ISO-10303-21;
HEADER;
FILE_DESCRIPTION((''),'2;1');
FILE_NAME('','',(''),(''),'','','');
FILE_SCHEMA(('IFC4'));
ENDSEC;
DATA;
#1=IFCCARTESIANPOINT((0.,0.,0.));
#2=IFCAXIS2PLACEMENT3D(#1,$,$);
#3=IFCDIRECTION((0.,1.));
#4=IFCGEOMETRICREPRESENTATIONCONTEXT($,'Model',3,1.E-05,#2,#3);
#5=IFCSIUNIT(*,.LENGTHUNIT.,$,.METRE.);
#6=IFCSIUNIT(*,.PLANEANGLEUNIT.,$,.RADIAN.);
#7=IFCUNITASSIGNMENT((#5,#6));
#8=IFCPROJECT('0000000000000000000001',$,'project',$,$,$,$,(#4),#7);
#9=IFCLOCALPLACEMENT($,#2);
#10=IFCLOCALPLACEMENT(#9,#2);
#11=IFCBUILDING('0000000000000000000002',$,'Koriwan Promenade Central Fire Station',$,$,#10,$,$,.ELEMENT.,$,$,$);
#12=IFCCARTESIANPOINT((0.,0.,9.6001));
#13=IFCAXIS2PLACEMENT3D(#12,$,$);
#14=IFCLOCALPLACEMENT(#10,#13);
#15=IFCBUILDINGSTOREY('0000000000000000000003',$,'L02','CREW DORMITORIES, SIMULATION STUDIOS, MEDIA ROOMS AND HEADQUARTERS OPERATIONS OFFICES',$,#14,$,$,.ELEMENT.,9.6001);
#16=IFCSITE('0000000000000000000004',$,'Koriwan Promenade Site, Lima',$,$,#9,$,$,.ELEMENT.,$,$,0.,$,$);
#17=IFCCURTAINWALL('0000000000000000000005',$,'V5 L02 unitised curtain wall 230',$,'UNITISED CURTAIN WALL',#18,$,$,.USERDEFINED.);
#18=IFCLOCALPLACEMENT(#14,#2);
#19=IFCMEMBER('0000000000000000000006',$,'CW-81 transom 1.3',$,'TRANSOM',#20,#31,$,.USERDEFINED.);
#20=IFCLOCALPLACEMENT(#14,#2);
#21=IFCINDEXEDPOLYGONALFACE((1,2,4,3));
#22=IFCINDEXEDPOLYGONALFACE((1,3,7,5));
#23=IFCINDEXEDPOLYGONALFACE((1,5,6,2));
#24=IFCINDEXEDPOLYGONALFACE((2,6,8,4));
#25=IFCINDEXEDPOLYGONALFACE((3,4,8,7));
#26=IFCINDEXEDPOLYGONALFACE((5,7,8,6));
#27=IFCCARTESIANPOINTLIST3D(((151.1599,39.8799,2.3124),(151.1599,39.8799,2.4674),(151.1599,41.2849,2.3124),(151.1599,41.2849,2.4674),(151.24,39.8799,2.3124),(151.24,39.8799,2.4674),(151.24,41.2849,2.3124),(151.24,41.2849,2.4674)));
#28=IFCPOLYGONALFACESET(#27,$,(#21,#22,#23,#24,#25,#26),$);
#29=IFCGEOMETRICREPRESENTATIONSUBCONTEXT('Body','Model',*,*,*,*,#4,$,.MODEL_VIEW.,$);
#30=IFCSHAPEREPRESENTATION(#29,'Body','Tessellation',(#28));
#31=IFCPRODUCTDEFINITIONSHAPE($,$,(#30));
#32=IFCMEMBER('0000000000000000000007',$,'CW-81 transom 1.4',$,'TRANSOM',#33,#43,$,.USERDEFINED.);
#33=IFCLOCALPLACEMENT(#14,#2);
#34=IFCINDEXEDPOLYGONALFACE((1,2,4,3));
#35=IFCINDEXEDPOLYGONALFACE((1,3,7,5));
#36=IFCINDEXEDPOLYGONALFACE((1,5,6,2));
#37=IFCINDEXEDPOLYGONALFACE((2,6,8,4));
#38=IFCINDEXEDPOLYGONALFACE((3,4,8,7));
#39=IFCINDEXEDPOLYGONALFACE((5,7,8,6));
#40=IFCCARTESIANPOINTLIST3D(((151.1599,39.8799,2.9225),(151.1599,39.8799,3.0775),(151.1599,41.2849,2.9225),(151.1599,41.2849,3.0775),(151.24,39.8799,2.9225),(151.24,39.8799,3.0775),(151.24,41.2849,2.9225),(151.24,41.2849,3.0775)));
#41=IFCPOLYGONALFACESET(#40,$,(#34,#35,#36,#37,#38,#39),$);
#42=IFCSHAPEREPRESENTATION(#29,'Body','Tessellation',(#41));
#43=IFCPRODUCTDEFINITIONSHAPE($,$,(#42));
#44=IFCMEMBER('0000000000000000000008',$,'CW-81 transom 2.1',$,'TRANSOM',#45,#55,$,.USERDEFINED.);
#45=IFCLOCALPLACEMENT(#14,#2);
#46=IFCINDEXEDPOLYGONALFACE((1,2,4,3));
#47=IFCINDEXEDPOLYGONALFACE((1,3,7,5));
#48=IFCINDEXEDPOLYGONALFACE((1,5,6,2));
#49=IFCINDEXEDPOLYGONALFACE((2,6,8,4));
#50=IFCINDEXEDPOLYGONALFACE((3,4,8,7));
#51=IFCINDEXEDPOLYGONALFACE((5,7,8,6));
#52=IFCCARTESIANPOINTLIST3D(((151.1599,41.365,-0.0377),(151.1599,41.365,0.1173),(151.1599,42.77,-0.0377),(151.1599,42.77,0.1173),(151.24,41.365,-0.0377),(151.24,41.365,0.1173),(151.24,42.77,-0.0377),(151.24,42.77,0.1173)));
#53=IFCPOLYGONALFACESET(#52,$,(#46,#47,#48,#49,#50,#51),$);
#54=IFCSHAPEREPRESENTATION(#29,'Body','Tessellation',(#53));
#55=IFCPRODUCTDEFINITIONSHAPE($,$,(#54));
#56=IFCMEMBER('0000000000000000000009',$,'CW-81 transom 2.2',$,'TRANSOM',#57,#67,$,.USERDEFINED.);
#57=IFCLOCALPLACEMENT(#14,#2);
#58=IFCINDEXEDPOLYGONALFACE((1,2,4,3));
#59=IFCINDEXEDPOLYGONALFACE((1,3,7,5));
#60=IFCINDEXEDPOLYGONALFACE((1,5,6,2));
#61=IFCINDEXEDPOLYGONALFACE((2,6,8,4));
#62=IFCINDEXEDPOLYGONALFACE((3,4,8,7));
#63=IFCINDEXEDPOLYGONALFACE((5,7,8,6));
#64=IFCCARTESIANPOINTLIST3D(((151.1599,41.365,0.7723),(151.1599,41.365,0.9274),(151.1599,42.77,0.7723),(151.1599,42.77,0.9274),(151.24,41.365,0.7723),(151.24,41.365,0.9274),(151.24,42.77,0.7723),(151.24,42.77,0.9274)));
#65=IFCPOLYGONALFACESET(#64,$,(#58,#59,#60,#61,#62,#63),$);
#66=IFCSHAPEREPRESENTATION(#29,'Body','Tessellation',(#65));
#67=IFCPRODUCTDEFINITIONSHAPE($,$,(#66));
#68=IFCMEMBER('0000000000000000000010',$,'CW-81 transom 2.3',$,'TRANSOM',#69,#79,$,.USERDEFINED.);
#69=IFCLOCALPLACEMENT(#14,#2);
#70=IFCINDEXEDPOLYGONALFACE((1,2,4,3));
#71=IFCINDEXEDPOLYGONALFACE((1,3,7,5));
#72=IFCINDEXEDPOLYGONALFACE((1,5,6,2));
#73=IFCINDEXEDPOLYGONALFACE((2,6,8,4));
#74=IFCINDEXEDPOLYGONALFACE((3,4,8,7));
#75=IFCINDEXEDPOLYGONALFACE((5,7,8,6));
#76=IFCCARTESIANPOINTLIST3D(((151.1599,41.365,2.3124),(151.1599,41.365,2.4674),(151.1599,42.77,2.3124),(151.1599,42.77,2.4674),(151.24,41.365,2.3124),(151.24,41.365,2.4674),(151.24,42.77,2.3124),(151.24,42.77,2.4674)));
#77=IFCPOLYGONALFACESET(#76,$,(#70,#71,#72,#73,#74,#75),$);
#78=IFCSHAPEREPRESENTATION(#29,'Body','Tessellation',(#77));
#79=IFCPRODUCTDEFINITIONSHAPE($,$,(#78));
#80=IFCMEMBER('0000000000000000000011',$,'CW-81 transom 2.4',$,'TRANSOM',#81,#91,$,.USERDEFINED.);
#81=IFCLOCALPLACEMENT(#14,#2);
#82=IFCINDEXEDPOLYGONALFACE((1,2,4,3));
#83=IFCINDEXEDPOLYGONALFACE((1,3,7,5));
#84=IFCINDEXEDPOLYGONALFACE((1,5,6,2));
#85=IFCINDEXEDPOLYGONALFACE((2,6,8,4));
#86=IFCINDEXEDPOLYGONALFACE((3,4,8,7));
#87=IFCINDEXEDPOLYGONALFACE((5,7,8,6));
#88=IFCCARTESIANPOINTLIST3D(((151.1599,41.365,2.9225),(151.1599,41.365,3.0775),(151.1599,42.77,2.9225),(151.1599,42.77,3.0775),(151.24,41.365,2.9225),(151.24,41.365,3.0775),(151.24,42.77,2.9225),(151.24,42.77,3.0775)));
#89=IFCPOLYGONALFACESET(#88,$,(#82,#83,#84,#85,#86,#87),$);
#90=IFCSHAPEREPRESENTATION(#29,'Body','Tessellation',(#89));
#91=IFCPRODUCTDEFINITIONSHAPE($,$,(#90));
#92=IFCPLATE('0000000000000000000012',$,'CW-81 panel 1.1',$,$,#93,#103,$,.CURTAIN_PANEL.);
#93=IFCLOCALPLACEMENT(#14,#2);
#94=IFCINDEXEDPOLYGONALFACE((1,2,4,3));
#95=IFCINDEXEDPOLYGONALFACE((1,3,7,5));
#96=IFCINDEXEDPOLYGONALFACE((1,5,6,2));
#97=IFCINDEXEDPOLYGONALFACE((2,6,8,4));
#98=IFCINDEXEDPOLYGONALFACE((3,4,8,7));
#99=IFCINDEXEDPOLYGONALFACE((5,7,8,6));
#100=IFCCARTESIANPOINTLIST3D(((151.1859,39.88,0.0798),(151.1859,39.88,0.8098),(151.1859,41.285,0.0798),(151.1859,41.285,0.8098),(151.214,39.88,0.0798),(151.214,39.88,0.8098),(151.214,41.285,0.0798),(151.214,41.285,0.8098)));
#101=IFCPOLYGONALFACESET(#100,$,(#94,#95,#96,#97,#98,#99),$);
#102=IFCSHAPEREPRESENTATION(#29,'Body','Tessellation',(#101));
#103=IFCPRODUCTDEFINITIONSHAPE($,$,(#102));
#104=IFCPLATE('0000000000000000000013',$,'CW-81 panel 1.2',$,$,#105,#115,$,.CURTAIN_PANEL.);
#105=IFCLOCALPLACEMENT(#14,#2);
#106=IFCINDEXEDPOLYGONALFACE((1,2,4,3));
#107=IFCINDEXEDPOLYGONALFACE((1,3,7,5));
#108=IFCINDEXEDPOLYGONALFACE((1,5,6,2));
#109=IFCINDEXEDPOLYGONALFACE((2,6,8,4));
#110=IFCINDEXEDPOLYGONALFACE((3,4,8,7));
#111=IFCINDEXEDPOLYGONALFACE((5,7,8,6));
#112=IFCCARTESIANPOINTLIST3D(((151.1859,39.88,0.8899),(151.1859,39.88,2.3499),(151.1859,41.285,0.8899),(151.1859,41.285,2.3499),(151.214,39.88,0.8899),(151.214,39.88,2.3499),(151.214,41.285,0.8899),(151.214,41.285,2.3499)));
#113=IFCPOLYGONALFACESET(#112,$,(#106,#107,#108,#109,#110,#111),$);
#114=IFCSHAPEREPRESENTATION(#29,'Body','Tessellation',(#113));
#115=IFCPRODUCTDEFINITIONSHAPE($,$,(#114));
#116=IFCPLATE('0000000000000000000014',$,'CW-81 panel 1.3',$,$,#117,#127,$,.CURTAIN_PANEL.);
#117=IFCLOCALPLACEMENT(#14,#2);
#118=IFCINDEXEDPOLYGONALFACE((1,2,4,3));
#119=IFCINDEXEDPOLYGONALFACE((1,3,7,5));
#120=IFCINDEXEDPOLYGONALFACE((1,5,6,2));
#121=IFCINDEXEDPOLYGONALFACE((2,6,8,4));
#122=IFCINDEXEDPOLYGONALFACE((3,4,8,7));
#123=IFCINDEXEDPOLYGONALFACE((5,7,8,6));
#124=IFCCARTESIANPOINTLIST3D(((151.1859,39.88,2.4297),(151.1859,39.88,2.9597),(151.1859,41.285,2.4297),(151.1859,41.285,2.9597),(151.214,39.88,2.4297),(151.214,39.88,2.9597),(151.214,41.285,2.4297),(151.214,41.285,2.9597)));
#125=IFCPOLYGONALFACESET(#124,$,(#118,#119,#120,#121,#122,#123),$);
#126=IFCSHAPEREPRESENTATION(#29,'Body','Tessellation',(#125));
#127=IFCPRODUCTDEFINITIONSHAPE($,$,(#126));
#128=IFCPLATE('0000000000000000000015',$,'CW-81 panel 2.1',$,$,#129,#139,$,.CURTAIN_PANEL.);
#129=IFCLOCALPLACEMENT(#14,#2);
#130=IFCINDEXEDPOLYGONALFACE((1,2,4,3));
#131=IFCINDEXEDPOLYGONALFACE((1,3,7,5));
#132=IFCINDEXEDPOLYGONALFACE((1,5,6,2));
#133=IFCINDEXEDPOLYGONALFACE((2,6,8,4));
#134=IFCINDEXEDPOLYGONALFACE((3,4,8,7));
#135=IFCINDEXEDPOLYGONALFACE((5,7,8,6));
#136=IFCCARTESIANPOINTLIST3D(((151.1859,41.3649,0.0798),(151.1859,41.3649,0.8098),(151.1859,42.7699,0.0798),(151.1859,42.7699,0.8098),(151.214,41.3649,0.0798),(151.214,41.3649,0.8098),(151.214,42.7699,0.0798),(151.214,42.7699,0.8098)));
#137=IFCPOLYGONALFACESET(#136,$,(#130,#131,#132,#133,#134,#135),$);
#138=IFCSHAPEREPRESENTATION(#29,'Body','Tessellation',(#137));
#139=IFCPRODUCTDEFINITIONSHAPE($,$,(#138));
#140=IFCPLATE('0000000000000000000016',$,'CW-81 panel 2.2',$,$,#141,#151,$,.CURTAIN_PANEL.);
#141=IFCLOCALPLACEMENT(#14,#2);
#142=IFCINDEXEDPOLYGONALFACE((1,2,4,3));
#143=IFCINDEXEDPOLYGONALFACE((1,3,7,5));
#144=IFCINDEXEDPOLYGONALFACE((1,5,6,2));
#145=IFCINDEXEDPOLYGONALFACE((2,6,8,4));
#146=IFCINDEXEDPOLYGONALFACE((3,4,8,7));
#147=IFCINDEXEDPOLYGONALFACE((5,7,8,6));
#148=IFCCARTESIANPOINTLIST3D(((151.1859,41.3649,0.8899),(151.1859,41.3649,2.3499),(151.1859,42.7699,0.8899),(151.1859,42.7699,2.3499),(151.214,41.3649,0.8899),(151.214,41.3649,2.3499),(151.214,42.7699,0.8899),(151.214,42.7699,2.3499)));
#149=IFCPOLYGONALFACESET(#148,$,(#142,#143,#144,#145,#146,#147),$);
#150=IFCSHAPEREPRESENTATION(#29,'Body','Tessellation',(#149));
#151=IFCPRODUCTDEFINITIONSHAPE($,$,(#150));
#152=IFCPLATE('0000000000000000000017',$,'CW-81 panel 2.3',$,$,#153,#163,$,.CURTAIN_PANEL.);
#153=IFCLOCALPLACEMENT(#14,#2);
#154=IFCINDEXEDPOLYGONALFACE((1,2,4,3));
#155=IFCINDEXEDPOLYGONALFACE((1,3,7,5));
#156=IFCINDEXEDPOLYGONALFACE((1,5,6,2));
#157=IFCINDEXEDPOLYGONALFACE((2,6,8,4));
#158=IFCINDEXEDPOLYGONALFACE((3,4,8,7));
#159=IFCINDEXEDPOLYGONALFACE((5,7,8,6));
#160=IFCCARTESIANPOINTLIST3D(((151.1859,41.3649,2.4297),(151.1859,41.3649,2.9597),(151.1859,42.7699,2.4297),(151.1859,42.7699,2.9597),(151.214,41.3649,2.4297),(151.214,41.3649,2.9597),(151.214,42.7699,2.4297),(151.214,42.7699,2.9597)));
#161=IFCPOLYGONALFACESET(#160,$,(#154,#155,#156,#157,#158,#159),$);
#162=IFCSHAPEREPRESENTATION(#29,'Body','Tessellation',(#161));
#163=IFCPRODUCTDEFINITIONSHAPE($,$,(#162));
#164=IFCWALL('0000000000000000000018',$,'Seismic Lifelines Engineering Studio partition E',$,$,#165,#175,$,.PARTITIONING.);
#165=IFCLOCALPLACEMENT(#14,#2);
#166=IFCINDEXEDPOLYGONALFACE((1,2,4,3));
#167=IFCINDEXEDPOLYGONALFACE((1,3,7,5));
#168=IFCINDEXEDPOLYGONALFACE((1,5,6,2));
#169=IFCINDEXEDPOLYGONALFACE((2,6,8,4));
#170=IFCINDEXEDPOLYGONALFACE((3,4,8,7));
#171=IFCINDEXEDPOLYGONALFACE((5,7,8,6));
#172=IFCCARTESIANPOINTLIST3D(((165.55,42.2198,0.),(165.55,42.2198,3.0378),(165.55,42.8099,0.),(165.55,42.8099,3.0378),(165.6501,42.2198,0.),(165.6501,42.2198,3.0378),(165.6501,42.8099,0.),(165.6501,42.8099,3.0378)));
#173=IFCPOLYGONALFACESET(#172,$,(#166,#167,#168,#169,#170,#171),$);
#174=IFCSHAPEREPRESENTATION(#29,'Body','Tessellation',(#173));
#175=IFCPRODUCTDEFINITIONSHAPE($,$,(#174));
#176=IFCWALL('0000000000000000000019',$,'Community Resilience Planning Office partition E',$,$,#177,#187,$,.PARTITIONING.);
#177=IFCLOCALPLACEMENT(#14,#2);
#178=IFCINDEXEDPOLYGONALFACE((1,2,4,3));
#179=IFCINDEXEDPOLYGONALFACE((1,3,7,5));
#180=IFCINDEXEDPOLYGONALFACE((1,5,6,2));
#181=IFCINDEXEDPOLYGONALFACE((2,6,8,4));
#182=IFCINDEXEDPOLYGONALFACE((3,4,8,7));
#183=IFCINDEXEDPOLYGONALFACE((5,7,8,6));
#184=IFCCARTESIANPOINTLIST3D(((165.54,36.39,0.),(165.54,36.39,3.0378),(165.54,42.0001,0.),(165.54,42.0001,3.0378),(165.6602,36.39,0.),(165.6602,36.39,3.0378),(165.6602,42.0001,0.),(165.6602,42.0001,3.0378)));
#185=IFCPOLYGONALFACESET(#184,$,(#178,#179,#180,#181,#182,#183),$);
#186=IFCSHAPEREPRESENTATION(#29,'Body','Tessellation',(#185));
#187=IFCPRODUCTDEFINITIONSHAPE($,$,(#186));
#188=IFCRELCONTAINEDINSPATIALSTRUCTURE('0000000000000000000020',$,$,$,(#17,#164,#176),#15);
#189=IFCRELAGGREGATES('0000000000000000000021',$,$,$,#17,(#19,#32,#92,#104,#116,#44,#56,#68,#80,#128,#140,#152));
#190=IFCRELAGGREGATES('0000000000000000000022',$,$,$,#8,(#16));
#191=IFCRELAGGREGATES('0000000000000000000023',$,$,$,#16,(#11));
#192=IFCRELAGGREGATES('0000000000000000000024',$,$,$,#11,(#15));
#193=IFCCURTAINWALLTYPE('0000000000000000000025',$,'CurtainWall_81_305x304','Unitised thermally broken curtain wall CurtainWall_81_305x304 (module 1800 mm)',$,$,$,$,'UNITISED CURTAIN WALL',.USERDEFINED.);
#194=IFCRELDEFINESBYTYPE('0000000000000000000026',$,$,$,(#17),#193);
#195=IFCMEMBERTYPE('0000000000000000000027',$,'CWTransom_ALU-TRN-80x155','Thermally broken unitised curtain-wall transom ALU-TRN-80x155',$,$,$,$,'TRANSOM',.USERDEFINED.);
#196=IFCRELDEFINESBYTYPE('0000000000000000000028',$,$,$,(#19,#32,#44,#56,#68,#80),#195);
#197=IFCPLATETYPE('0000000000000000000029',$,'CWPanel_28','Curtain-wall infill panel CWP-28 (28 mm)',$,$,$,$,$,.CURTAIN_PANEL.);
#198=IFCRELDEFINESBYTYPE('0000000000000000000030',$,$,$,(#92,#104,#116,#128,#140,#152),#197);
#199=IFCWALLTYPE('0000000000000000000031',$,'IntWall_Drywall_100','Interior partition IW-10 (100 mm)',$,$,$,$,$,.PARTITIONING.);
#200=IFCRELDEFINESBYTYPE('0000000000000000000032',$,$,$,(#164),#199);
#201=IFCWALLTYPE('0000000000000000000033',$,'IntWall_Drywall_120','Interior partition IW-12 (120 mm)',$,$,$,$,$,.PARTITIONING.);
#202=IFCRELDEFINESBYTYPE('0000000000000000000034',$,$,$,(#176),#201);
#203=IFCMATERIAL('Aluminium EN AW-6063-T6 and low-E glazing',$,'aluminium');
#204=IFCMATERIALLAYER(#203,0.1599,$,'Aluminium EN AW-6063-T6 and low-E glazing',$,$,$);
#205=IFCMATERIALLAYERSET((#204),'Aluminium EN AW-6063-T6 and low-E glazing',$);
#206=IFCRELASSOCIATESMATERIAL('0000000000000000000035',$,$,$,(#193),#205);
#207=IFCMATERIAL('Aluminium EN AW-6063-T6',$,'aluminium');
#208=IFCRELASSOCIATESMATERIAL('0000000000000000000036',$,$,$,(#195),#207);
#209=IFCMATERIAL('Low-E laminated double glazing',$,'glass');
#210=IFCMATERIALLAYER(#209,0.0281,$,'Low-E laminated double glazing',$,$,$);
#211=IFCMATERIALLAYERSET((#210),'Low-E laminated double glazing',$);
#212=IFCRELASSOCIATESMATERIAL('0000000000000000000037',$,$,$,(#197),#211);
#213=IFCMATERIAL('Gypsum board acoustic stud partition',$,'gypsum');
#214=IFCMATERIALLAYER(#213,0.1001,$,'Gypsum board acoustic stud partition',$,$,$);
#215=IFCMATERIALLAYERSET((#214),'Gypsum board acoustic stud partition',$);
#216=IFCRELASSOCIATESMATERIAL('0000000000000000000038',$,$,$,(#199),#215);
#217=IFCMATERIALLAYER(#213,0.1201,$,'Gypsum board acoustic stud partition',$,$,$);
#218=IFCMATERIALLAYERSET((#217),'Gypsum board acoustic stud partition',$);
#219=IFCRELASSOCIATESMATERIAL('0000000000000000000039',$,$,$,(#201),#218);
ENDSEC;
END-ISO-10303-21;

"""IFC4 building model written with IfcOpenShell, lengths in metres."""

from ifc_helpers import new_model, si_unit, direction, frame, frame_2d, origin, origin_2d, place, context, subcontext, project, spatial, rectangle, extrude, material, layer, layer_set, material_profile, profile_set, type_object, element, aggregate, save


model = new_model("IFC4")

# Units and contexts
model_context = context("Model", 3, precision=1e-05, world=origin(), true_north=direction((0.0, 1.0)))
body_context = subcontext(model_context, "Body", "Model", "MODEL_VIEW")
ifc_project = project(units=[si_unit("LENGTHUNIT", "METRE"), si_unit("PLANEANGLEUNIT", "RADIAN")], contexts=[model_context])

# Site, building, storey
site_placement = place(None, origin())
site = spatial("IfcSite", under=ifc_project, at=site_placement, Name="Koriwan Promenade Site, Lima", CompositionType="ELEMENT", RefElevation=0.0)
building_placement = place(site_placement, origin())
building = spatial("IfcBuilding", under=site, at=building_placement, Name="Koriwan Promenade Central Fire Station", CompositionType="ELEMENT")
storey_placement = place(building_placement, frame((0.0, 0.0, 9.6001)))
storey = spatial("IfcBuildingStorey", under=building, at=storey_placement, Name="L02", Description="CREW DORMITORIES, SIMULATION STUDIOS, MEDIA ROOMS AND HEADQUARTERS OPERATIONS OFFICES", CompositionType="ELEMENT", Elevation=9.6001)

# Curtain wall, members, plates
ifc_material_1 = material(Name="Aluminium EN AW-6063-T6 and low-E glazing", Category="aluminium")
ifc_layer_1 = layer(ifc_material_1, 0.1599, Name="Aluminium EN AW-6063-T6 and low-E glazing")
ifc_layer_set_1 = layer_set([ifc_layer_1], Name="Aluminium EN AW-6063-T6 and low-E glazing")
curtain_wall_type = type_object("IfcCurtainWallType", Name="CurtainWall_81_305x304", Description="Unitised thermally broken curtain wall CurtainWall_81_305x304 (module 1800 mm)", ElementType="UNITISED CURTAIN WALL", PredefinedType="USERDEFINED", material=ifc_layer_set_1)
curtain_wall_placement = place(storey_placement, origin())
curtain_wall = element("IfcCurtainWall", 1, at=curtain_wall_placement, inside=storey, type_object=curtain_wall_type, Name="V5 L02 unitised curtain wall 230", ObjectType="UNITISED CURTAIN WALL", PredefinedType="USERDEFINED")
ifc_material_2 = material(Name="Aluminium EN AW-6063-T6", Category="aluminium")
ifc_material_profile_1 = material_profile(ifc_material_2, rectangle(XDim=0.0801, YDim=0.155, at=origin_2d()), Name="ALU-TRN-80x155")
ifc_profile_set_1 = profile_set([ifc_material_profile_1], Name="Aluminium EN AW-6063-T6")
member_type_1 = type_object("IfcMemberType", Name="CWTransom_ALU-TRN-80x155", Description="Thermally broken unitised curtain-wall transom ALU-TRN-80x155", ElementType="TRANSOM", PredefinedType="USERDEFINED", material=ifc_profile_set_1)
member_1_placement = place(storey_placement, frame((151.2, 39.8799, 2.3899), z_axis=(0.0, 1.0, 0.0), x_axis=(-1.0, 0.0, 0.0)))
member_1 = element("IfcMember", 2, at=member_1_placement, type_object=member_type_1, Name="CW-81 transom 1.3", ObjectType="TRANSOM", PredefinedType="USERDEFINED", context=body_context, shape_type="SweptSolid", body=[
    extrude(rectangle(XDim=0.0801, YDim=0.155, at=origin_2d()), origin(), (0.0, 0.0, 1.0), 1.405),
])
member_2_placement = place(storey_placement, frame((151.2, 39.8799, 3.0), z_axis=(0.0, 1.0, 0.0), x_axis=(-1.0, 0.0, 0.0)))
member_2 = element("IfcMember", 3, at=member_2_placement, type_object=member_type_1, Name="CW-81 transom 1.4", ObjectType="TRANSOM", PredefinedType="USERDEFINED", context=body_context, shape_type="SweptSolid", body=[
    extrude(rectangle(XDim=0.0801, YDim=0.155, at=origin_2d()), origin(), (0.0, 0.0, 1.0), 1.405),
])
member_3_placement = place(storey_placement, frame((151.2, 41.365, 0.0398), z_axis=(0.0, 1.0, 0.0), x_axis=(-1.0, 0.0, 0.0)))
member_3 = element("IfcMember", 4, at=member_3_placement, type_object=member_type_1, Name="CW-81 transom 2.1", ObjectType="TRANSOM", PredefinedType="USERDEFINED", context=body_context, shape_type="SweptSolid", body=[
    extrude(rectangle(XDim=0.0801, YDim=0.155, at=origin_2d()), origin(), (0.0, 0.0, 1.0), 1.405),
])
member_4_placement = place(storey_placement, frame((151.2, 41.365, 0.8499), z_axis=(0.0, 1.0, 0.0), x_axis=(-1.0, 0.0, 0.0)))
member_4 = element("IfcMember", 5, at=member_4_placement, type_object=member_type_1, Name="CW-81 transom 2.2", ObjectType="TRANSOM", PredefinedType="USERDEFINED", context=body_context, shape_type="SweptSolid", body=[
    extrude(rectangle(XDim=0.0801, YDim=0.155, at=origin_2d()), origin(), (0.0, 0.0, 1.0), 1.405),
])
member_5_placement = place(storey_placement, frame((151.2, 41.365, 2.3899), z_axis=(0.0, 1.0, 0.0), x_axis=(-1.0, 0.0, 0.0)))
member_5 = element("IfcMember", 6, at=member_5_placement, type_object=member_type_1, Name="CW-81 transom 2.3", ObjectType="TRANSOM", PredefinedType="USERDEFINED", context=body_context, shape_type="SweptSolid", body=[
    extrude(rectangle(XDim=0.0801, YDim=0.155, at=origin_2d()), origin(), (0.0, 0.0, 1.0), 1.405),
])
member_6_placement = place(storey_placement, frame((151.2, 41.365, 3.0), z_axis=(0.0, 1.0, 0.0), x_axis=(-1.0, 0.0, 0.0)))
member_6 = element("IfcMember", 7, at=member_6_placement, type_object=member_type_1, Name="CW-81 transom 2.4", ObjectType="TRANSOM", PredefinedType="USERDEFINED", context=body_context, shape_type="SweptSolid", body=[
    extrude(rectangle(XDim=0.0801, YDim=0.155, at=origin_2d()), origin(), (0.0, 0.0, 1.0), 1.405),
])
ifc_material_3 = material(Name="Low-E laminated double glazing", Category="glass")
ifc_layer_2 = layer(ifc_material_3, 0.0281, Name="Low-E laminated double glazing")
ifc_layer_set_2 = layer_set([ifc_layer_2], Name="Low-E laminated double glazing")
plate_type = type_object("IfcPlateType", Name="CWPanel_28", Description="Curtain-wall infill panel CWP-28 (28 mm)", PredefinedType="CURTAIN_PANEL", material=ifc_layer_set_2)
plate_1_placement = place(storey_placement, frame((151.2, 40.5825, 0.0798), z_axis=(0.0, 0.0, 1.0), x_axis=(0.0, 1.0, 0.0)))
plate_1 = element("IfcPlate", 8, at=plate_1_placement, type_object=plate_type, Name="CW-81 panel 1.1", PredefinedType="CURTAIN_PANEL", context=body_context, shape_type="SweptSolid", body=[
    extrude(rectangle(XDim=1.405, YDim=0.0281, at=origin_2d()), origin(), (0.0, 0.0, 1.0), 0.73),
])
plate_2_placement = place(storey_placement, frame((151.2, 40.5825, 0.8899), z_axis=(0.0, 0.0, 1.0), x_axis=(0.0, 1.0, 0.0)))
plate_2 = element("IfcPlate", 9, at=plate_2_placement, type_object=plate_type, Name="CW-81 panel 1.2", PredefinedType="CURTAIN_PANEL", context=body_context, shape_type="SweptSolid", body=[
    extrude(rectangle(XDim=1.405, YDim=0.0281, at=origin_2d()), origin(), (0.0, 0.0, 1.0), 1.46),
])
plate_3_placement = place(storey_placement, frame((151.2, 40.5825, 2.4297), z_axis=(0.0, 0.0, 1.0), x_axis=(0.0, 1.0, 0.0)))
plate_3 = element("IfcPlate", 10, at=plate_3_placement, type_object=plate_type, Name="CW-81 panel 1.3", PredefinedType="CURTAIN_PANEL", context=body_context, shape_type="SweptSolid", body=[
    extrude(rectangle(XDim=1.405, YDim=0.0281, at=origin_2d()), origin(), (0.0, 0.0, 1.0), 0.53),
])
plate_4_placement = place(storey_placement, frame((151.2, 42.0674, 0.0798), z_axis=(0.0, 0.0, 1.0), x_axis=(0.0, 1.0, 0.0)))
plate_4 = element("IfcPlate", 11, at=plate_4_placement, type_object=plate_type, Name="CW-81 panel 2.1", PredefinedType="CURTAIN_PANEL", context=body_context, shape_type="SweptSolid", body=[
    extrude(rectangle(XDim=1.405, YDim=0.0281, at=origin_2d()), origin(), (0.0, 0.0, 1.0), 0.73),
])
plate_5_placement = place(storey_placement, frame((151.2, 42.0674, 0.8899), z_axis=(0.0, 0.0, 1.0), x_axis=(0.0, 1.0, 0.0)))
plate_5 = element("IfcPlate", 12, at=plate_5_placement, type_object=plate_type, Name="CW-81 panel 2.2", PredefinedType="CURTAIN_PANEL", context=body_context, shape_type="SweptSolid", body=[
    extrude(rectangle(XDim=1.405, YDim=0.0281, at=origin_2d()), origin(), (0.0, 0.0, 1.0), 1.46),
])
plate_6_placement = place(storey_placement, frame((151.2, 42.0674, 2.4297), z_axis=(0.0, 0.0, 1.0), x_axis=(0.0, 1.0, 0.0)))
plate_6 = element("IfcPlate", 13, at=plate_6_placement, type_object=plate_type, Name="CW-81 panel 2.3", PredefinedType="CURTAIN_PANEL", context=body_context, shape_type="SweptSolid", body=[
    extrude(rectangle(XDim=1.405, YDim=0.0281, at=origin_2d()), origin(), (0.0, 0.0, 1.0), 0.53),
])
aggregate(curtain_wall, [member_1, member_2, plate_1, plate_2, plate_3, member_3, member_4, member_5, member_6, plate_4, plate_5, plate_6])

# Walls
ifc_material_4 = material(Name="Gypsum board acoustic stud partition", Category="gypsum")
ifc_layer_3 = layer(ifc_material_4, 0.1001, Name="Gypsum board acoustic stud partition")
ifc_layer_set_3 = layer_set([ifc_layer_3], Name="Gypsum board acoustic stud partition")
wall_type_1 = type_object("IfcWallType", Name="IntWall_Drywall_100", Description="Interior partition IW-10 (100 mm)", PredefinedType="PARTITIONING", material=ifc_layer_set_3)
wall_1_placement = place(storey_placement, frame((165.6001, 42.22, 0.0), z_axis=(0.0, 0.0, 1.0), x_axis=(0.0, 1.0, 0.0)))
element("IfcWall", 14, at=wall_1_placement, inside=storey, type_object=wall_type_1, Name="Seismic Lifelines Engineering Studio partition E", PredefinedType="PARTITIONING", context=body_context, shape_type="SweptSolid", body=[
    extrude(rectangle(XDim=0.5901, YDim=0.1001, at=frame_2d((0.2949, 0.0))), origin(), (0.0, 0.0, 1.0), 3.0378),
])
ifc_layer_4 = layer(ifc_material_4, 0.1201, Name="Gypsum board acoustic stud partition")
ifc_layer_set_4 = layer_set([ifc_layer_4], Name="Gypsum board acoustic stud partition")
wall_type_2 = type_object("IfcWallType", Name="IntWall_Drywall_120", Description="Interior partition IW-12 (120 mm)", PredefinedType="PARTITIONING", material=ifc_layer_set_4)
wall_2_placement = place(storey_placement, frame((165.6001, 36.3899, 0.0), z_axis=(0.0, 0.0, 1.0), x_axis=(0.0, 1.0, 0.0)))
element("IfcWall", 15, at=wall_2_placement, inside=storey, type_object=wall_type_2, Name="Community Resilience Planning Office partition E", PredefinedType="PARTITIONING", context=body_context, shape_type="SweptSolid", body=[
    extrude(rectangle(XDim=5.6101, YDim=0.1201, at=frame_2d((2.8052, 0.0))), origin(), (0.0, 0.0, 1.0), 3.0378),
])

save(model, "model.ifc")
